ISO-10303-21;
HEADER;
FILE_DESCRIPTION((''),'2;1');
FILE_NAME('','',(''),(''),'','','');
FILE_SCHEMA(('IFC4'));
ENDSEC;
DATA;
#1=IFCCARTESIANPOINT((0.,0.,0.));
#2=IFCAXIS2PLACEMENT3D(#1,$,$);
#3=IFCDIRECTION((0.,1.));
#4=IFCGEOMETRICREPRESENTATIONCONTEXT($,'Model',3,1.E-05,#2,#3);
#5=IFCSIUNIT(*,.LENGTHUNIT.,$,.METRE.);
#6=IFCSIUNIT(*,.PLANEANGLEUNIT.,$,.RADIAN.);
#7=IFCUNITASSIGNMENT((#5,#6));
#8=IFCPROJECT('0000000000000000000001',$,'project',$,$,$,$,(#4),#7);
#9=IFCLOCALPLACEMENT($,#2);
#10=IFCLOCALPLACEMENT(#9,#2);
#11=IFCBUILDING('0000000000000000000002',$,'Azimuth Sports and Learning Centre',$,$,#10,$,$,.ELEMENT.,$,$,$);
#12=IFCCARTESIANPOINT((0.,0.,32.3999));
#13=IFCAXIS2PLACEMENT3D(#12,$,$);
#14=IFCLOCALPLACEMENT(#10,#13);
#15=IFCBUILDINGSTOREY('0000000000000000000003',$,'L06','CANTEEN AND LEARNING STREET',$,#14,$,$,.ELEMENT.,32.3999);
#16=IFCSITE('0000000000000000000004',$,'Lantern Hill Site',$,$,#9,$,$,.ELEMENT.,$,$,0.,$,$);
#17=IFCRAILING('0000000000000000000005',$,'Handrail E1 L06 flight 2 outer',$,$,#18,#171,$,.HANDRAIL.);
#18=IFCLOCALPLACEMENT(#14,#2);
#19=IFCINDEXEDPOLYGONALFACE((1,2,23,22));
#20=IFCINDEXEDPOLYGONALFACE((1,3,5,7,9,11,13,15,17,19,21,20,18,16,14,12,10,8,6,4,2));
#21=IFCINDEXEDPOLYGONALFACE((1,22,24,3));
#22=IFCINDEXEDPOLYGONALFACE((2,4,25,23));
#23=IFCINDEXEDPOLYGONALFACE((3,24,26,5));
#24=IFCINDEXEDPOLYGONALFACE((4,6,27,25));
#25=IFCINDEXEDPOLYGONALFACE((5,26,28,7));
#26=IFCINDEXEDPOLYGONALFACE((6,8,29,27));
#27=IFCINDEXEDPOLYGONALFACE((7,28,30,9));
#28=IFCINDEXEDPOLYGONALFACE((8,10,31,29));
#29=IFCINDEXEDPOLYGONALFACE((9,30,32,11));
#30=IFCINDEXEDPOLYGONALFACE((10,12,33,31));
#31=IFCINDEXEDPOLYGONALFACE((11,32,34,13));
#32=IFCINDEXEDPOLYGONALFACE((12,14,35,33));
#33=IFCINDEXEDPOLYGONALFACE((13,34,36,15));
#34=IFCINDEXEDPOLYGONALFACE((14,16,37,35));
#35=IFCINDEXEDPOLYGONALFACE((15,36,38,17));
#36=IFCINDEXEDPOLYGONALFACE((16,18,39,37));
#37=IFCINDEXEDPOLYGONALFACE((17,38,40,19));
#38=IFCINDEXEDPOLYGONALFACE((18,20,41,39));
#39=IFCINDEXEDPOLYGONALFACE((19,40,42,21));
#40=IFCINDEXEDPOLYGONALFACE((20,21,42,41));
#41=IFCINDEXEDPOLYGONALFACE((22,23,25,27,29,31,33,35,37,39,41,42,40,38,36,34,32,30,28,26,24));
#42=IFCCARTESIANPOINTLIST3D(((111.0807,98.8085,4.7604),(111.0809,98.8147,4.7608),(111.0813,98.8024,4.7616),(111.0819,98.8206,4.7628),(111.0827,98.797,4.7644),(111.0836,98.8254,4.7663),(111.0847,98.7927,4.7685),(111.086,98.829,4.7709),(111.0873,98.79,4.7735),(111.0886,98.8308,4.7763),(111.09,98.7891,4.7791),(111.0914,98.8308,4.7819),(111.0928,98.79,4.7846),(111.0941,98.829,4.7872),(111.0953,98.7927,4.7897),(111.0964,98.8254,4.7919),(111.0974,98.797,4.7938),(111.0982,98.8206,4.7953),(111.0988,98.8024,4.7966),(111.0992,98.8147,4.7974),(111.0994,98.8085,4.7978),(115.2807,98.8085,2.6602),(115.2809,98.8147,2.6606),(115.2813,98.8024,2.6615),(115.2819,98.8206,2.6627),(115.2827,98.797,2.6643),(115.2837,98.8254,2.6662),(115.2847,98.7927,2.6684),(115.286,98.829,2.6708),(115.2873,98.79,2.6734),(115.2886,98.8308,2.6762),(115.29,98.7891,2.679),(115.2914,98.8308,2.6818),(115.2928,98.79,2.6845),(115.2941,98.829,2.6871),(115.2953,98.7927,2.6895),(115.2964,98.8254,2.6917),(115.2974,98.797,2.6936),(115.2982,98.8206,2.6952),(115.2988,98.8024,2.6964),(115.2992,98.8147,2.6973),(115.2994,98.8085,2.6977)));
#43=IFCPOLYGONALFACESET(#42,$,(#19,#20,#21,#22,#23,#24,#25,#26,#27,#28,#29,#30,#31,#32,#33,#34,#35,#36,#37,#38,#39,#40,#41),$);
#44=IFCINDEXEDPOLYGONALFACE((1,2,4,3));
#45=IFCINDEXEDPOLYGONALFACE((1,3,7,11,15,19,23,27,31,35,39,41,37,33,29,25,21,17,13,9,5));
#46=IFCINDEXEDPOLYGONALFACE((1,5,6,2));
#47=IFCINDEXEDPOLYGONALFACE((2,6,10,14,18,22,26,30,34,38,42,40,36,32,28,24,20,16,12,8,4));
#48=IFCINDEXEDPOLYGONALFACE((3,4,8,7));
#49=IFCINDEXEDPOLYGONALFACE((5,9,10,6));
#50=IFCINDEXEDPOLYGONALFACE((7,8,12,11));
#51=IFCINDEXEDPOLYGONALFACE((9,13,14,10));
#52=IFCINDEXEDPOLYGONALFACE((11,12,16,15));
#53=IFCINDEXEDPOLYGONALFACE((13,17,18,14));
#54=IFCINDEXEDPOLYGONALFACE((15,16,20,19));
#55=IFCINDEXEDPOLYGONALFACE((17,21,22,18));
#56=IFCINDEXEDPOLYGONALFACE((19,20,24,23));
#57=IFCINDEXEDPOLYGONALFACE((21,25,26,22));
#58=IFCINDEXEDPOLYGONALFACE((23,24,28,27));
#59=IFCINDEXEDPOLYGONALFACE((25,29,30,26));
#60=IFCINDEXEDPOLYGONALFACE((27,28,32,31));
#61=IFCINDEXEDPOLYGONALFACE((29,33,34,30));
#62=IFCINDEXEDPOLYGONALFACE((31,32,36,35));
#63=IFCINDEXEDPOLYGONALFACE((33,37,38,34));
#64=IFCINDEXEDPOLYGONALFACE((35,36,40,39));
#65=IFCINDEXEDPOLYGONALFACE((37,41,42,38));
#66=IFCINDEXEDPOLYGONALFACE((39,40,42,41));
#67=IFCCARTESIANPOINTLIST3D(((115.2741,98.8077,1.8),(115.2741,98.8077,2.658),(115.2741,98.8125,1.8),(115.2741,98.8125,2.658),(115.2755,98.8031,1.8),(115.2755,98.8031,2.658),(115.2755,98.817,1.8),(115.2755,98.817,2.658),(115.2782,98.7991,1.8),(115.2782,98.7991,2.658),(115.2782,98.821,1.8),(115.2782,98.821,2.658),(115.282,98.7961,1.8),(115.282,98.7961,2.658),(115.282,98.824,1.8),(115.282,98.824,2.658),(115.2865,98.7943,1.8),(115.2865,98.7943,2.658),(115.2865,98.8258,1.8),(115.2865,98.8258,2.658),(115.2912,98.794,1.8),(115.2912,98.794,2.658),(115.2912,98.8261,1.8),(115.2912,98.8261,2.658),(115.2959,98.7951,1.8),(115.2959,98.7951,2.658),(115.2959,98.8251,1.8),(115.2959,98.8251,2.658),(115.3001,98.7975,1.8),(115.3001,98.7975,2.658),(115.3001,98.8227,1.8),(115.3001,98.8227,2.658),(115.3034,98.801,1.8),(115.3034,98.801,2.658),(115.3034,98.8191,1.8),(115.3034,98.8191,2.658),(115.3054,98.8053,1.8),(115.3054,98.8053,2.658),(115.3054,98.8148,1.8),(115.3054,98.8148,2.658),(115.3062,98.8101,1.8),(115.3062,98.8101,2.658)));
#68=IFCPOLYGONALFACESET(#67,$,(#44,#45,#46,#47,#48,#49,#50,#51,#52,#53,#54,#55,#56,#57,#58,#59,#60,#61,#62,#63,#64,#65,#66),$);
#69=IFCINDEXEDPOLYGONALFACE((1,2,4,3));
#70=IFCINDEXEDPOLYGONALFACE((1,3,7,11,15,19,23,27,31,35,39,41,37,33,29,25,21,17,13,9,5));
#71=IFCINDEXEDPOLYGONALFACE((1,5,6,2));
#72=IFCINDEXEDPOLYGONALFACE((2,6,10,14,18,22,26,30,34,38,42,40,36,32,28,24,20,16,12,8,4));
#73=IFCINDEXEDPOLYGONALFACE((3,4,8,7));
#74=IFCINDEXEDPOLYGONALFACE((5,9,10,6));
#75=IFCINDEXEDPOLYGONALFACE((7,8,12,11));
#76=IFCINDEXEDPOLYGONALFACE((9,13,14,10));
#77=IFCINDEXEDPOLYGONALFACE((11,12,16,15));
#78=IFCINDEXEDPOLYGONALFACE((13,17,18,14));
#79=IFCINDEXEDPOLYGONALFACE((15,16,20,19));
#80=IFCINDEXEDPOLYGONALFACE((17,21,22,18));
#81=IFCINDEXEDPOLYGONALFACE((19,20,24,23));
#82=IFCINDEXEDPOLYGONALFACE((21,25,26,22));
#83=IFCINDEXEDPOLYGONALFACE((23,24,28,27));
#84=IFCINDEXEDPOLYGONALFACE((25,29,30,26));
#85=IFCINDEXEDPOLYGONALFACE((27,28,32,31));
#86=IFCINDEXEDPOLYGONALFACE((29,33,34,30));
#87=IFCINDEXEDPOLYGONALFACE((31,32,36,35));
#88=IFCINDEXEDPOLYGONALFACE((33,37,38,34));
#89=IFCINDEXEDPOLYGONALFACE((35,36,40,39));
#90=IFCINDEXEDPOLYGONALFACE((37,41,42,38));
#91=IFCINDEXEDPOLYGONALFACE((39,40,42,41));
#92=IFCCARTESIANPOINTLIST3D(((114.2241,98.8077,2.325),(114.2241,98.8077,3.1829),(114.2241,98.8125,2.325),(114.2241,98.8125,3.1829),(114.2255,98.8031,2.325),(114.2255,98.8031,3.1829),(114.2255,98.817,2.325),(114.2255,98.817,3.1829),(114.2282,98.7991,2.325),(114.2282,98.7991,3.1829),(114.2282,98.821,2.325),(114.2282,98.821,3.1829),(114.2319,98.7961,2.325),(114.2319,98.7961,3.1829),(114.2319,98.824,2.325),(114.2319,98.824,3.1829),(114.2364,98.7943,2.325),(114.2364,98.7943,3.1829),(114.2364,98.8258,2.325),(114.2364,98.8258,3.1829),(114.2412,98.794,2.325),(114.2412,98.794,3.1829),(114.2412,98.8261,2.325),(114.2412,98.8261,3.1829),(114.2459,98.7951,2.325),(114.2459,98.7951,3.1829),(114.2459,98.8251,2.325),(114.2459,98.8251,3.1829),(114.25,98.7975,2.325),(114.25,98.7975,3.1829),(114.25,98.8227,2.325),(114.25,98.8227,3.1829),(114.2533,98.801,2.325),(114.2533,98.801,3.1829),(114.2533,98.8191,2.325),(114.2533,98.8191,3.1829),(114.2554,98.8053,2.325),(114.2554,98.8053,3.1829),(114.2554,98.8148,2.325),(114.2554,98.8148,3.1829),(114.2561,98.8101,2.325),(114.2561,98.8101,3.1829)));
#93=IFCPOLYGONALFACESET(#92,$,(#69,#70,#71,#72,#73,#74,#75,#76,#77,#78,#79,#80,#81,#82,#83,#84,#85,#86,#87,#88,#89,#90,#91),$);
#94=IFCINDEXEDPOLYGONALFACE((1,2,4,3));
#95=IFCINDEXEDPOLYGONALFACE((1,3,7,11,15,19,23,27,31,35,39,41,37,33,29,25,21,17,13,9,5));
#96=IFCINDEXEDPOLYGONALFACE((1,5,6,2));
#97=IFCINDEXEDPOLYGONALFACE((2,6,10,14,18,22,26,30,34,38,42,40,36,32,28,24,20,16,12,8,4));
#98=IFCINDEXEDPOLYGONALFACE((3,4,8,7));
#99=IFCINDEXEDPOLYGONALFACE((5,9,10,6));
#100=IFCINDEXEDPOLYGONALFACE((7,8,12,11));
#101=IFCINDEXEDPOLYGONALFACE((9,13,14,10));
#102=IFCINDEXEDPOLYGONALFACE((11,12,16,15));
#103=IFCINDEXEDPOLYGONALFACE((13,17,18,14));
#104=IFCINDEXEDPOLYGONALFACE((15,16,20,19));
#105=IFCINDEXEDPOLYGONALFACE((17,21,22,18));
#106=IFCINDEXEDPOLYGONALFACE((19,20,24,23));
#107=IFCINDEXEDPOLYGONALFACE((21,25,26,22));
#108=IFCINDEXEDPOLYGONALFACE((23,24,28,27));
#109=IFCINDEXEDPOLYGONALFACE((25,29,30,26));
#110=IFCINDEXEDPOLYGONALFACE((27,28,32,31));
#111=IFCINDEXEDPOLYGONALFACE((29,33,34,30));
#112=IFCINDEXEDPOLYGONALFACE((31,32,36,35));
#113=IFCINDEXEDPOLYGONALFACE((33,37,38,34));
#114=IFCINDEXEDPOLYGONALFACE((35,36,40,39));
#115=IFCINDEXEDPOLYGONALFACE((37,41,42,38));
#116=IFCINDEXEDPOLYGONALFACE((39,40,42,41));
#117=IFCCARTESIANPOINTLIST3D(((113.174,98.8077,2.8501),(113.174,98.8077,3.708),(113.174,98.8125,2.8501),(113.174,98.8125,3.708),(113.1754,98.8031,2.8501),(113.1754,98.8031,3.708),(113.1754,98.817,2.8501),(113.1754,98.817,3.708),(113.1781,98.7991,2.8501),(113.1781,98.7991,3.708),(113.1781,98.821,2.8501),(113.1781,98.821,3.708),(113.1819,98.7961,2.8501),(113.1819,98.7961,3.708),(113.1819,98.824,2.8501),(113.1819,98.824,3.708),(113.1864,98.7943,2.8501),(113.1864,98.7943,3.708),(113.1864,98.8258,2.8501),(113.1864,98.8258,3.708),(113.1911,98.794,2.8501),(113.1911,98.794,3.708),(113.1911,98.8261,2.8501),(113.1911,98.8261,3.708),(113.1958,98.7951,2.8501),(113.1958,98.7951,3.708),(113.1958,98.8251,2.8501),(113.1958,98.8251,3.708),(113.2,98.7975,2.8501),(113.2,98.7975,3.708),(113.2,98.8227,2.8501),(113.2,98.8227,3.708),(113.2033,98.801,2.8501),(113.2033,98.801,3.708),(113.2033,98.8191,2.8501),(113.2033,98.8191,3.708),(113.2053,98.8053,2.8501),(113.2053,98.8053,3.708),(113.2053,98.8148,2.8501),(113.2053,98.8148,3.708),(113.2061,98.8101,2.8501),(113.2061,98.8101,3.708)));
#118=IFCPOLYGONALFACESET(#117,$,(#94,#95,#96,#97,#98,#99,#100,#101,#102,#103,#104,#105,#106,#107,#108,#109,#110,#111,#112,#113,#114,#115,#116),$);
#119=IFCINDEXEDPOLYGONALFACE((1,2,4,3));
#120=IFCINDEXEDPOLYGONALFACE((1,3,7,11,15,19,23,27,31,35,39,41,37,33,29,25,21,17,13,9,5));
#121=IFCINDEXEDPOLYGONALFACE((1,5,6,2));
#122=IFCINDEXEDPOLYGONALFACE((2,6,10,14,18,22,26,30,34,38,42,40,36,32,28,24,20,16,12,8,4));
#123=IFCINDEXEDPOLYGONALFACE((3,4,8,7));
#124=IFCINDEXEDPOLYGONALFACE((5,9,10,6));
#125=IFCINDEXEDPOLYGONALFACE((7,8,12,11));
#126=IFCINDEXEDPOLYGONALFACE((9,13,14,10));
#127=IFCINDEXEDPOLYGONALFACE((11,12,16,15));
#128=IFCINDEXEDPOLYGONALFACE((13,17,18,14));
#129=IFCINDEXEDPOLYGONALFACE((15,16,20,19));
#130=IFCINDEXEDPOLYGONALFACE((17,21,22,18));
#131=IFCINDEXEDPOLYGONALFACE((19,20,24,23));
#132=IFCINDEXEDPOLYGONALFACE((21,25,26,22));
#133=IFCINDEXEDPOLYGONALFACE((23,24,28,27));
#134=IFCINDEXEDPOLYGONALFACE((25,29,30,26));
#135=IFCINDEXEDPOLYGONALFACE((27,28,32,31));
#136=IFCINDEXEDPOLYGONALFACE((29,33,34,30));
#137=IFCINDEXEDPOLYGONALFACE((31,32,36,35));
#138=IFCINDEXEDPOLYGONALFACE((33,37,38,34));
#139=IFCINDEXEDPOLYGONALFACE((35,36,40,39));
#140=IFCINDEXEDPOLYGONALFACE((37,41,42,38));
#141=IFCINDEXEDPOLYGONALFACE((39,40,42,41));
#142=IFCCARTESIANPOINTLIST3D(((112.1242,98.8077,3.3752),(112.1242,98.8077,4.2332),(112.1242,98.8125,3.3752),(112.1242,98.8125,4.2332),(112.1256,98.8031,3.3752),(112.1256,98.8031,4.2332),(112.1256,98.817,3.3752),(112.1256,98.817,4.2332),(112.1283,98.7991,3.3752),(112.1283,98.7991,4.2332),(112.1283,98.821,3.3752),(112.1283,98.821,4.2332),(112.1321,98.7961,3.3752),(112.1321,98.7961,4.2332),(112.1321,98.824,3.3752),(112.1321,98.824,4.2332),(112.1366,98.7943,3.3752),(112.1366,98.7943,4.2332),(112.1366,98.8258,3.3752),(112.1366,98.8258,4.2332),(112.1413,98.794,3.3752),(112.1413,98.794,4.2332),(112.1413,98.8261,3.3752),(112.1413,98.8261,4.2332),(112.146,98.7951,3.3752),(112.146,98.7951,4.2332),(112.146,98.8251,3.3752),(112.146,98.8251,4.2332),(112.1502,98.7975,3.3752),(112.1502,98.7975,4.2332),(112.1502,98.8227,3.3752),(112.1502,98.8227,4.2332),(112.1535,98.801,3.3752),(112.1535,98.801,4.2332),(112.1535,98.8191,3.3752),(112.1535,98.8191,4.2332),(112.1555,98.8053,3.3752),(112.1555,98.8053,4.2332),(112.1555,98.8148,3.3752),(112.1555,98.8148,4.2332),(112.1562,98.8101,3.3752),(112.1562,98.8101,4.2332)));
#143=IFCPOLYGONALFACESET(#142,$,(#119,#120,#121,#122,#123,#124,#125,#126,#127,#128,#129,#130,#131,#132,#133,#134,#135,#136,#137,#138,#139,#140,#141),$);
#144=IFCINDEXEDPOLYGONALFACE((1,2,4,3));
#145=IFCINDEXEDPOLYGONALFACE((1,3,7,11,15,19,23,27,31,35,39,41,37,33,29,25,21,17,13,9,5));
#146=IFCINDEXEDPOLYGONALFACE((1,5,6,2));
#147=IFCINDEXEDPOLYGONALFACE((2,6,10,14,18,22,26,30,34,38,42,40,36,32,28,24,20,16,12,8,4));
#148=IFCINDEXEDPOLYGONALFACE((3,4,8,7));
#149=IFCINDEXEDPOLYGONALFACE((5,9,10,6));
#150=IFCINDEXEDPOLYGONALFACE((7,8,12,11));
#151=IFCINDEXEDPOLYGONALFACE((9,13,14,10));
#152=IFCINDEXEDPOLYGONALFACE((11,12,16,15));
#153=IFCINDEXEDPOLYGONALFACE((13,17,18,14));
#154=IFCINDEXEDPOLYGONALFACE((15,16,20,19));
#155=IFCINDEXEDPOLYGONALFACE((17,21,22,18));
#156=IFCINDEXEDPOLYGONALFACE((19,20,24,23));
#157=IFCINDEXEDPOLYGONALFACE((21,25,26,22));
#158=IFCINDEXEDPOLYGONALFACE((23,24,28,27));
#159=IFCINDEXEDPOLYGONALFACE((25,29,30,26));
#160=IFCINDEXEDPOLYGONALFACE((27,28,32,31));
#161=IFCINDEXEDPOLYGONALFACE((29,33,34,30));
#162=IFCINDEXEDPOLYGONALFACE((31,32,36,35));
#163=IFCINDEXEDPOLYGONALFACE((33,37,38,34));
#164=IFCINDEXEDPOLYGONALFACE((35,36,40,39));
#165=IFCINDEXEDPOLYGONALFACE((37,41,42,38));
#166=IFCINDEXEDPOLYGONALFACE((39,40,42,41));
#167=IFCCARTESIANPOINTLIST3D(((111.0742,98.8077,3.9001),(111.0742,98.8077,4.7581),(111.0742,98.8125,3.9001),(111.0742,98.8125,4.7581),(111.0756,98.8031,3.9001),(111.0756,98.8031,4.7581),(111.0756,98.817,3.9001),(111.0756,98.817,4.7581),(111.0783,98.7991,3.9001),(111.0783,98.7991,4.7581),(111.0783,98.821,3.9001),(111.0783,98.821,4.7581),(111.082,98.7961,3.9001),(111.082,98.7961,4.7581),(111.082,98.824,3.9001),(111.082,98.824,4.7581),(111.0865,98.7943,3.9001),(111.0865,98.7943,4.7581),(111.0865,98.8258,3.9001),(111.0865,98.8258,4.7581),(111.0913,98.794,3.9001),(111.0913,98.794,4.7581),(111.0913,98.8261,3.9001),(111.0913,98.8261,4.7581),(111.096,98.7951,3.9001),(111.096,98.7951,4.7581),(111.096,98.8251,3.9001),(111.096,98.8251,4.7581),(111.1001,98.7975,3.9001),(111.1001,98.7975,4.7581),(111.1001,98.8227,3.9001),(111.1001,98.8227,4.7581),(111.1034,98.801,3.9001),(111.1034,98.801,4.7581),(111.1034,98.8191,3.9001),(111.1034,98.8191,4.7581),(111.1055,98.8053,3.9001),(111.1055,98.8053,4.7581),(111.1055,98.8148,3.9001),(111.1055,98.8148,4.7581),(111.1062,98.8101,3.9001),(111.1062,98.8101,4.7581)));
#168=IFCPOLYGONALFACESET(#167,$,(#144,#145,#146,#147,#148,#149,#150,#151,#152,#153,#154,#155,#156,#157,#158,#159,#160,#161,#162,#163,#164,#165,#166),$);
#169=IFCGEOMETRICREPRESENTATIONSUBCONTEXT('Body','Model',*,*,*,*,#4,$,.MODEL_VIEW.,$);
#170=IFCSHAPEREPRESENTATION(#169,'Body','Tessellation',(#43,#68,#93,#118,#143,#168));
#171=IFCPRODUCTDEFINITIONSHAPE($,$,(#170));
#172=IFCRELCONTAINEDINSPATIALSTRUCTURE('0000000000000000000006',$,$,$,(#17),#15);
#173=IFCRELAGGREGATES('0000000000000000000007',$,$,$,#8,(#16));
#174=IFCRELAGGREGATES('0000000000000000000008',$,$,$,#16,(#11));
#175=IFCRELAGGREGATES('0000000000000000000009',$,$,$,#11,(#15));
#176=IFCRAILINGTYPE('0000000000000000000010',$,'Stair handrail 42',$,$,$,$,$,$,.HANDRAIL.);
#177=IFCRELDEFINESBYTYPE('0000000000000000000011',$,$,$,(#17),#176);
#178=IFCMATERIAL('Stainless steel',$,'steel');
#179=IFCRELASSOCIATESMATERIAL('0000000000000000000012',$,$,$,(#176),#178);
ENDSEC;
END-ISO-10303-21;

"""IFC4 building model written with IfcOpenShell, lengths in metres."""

from ifc_helpers import new_model, si_unit, direction, frame, origin, origin_2d, place, context, subcontext, project, spatial, circle, extrude, material, type_object, element, save


model = new_model("IFC4")

# Units and contexts
model_context = context("Model", 3, precision=1e-05, world=origin(), true_north=direction((0.0, 1.0)))
body_context = subcontext(model_context, "Body", "Model", "MODEL_VIEW")
ifc_project = project(units=[si_unit("LENGTHUNIT", "METRE"), si_unit("PLANEANGLEUNIT", "RADIAN")], contexts=[model_context])

# Site, building, storey
site_placement = place(None, origin())
site = spatial("IfcSite", under=ifc_project, at=site_placement, Name="Lantern Hill Site", CompositionType="ELEMENT", RefElevation=0.0)
building_placement = place(site_placement, origin())
building = spatial("IfcBuilding", under=site, at=building_placement, Name="Azimuth Sports and Learning Centre", CompositionType="ELEMENT")
storey_placement = place(building_placement, frame((0.0, 0.0, 32.3999)))
storey = spatial("IfcBuildingStorey", under=building, at=storey_placement, Name="L06", Description="CANTEEN AND LEARNING STREET", CompositionType="ELEMENT", Elevation=32.3999)

# Railing
ifc_material_1 = material(Name="Stainless steel", Category="steel")
railing_type_1 = type_object("IfcRailingType", Name="Stair handrail 42", PredefinedType="HANDRAIL", material=ifc_material_1)
for number, where, name in (
    (1, (115.29, 98.8101, 1.8), "Handrail E1 L06 flight 2 outer"),
):
    element("IfcRailing", number, at=place(storey_placement, frame(where)), inside=storey, type_object=railing_type_1, Name=name, PredefinedType="HANDRAIL", context=body_context, shape_type="SweptSolid", body=[
        extrude(circle(Radius=0.021, at=origin_2d()), frame((0.0, 0.0, 0.8789), z_axis=(-0.894417, 0.0, 0.447234), x_axis=(0.0, -1.0, 0.0)), (0.0, 0.0, 1.0), 4.6958),
        extrude(circle(Radius=0.0161, at=origin_2d()), origin(), (0.0, 0.0, 1.0), 0.8579),
        extrude(circle(Radius=0.0161, at=origin_2d()), frame((-1.05, 0.0, 0.5249)), (0.0, 0.0, 1.0), 0.8579),
        extrude(circle(Radius=0.0161, at=origin_2d()), frame((-2.1001, 0.0, 1.05)), (0.0, 0.0, 1.0), 0.8579),
        extrude(circle(Radius=0.0161, at=origin_2d()), frame((-3.1499, 0.0, 1.5752)), (0.0, 0.0, 1.0), 0.8579),
        extrude(circle(Radius=0.0161, at=origin_2d()), frame((-4.2, 0.0, 2.1001)), (0.0, 0.0, 1.0), 0.8579),
    ])

save(model, "model.ifc")
